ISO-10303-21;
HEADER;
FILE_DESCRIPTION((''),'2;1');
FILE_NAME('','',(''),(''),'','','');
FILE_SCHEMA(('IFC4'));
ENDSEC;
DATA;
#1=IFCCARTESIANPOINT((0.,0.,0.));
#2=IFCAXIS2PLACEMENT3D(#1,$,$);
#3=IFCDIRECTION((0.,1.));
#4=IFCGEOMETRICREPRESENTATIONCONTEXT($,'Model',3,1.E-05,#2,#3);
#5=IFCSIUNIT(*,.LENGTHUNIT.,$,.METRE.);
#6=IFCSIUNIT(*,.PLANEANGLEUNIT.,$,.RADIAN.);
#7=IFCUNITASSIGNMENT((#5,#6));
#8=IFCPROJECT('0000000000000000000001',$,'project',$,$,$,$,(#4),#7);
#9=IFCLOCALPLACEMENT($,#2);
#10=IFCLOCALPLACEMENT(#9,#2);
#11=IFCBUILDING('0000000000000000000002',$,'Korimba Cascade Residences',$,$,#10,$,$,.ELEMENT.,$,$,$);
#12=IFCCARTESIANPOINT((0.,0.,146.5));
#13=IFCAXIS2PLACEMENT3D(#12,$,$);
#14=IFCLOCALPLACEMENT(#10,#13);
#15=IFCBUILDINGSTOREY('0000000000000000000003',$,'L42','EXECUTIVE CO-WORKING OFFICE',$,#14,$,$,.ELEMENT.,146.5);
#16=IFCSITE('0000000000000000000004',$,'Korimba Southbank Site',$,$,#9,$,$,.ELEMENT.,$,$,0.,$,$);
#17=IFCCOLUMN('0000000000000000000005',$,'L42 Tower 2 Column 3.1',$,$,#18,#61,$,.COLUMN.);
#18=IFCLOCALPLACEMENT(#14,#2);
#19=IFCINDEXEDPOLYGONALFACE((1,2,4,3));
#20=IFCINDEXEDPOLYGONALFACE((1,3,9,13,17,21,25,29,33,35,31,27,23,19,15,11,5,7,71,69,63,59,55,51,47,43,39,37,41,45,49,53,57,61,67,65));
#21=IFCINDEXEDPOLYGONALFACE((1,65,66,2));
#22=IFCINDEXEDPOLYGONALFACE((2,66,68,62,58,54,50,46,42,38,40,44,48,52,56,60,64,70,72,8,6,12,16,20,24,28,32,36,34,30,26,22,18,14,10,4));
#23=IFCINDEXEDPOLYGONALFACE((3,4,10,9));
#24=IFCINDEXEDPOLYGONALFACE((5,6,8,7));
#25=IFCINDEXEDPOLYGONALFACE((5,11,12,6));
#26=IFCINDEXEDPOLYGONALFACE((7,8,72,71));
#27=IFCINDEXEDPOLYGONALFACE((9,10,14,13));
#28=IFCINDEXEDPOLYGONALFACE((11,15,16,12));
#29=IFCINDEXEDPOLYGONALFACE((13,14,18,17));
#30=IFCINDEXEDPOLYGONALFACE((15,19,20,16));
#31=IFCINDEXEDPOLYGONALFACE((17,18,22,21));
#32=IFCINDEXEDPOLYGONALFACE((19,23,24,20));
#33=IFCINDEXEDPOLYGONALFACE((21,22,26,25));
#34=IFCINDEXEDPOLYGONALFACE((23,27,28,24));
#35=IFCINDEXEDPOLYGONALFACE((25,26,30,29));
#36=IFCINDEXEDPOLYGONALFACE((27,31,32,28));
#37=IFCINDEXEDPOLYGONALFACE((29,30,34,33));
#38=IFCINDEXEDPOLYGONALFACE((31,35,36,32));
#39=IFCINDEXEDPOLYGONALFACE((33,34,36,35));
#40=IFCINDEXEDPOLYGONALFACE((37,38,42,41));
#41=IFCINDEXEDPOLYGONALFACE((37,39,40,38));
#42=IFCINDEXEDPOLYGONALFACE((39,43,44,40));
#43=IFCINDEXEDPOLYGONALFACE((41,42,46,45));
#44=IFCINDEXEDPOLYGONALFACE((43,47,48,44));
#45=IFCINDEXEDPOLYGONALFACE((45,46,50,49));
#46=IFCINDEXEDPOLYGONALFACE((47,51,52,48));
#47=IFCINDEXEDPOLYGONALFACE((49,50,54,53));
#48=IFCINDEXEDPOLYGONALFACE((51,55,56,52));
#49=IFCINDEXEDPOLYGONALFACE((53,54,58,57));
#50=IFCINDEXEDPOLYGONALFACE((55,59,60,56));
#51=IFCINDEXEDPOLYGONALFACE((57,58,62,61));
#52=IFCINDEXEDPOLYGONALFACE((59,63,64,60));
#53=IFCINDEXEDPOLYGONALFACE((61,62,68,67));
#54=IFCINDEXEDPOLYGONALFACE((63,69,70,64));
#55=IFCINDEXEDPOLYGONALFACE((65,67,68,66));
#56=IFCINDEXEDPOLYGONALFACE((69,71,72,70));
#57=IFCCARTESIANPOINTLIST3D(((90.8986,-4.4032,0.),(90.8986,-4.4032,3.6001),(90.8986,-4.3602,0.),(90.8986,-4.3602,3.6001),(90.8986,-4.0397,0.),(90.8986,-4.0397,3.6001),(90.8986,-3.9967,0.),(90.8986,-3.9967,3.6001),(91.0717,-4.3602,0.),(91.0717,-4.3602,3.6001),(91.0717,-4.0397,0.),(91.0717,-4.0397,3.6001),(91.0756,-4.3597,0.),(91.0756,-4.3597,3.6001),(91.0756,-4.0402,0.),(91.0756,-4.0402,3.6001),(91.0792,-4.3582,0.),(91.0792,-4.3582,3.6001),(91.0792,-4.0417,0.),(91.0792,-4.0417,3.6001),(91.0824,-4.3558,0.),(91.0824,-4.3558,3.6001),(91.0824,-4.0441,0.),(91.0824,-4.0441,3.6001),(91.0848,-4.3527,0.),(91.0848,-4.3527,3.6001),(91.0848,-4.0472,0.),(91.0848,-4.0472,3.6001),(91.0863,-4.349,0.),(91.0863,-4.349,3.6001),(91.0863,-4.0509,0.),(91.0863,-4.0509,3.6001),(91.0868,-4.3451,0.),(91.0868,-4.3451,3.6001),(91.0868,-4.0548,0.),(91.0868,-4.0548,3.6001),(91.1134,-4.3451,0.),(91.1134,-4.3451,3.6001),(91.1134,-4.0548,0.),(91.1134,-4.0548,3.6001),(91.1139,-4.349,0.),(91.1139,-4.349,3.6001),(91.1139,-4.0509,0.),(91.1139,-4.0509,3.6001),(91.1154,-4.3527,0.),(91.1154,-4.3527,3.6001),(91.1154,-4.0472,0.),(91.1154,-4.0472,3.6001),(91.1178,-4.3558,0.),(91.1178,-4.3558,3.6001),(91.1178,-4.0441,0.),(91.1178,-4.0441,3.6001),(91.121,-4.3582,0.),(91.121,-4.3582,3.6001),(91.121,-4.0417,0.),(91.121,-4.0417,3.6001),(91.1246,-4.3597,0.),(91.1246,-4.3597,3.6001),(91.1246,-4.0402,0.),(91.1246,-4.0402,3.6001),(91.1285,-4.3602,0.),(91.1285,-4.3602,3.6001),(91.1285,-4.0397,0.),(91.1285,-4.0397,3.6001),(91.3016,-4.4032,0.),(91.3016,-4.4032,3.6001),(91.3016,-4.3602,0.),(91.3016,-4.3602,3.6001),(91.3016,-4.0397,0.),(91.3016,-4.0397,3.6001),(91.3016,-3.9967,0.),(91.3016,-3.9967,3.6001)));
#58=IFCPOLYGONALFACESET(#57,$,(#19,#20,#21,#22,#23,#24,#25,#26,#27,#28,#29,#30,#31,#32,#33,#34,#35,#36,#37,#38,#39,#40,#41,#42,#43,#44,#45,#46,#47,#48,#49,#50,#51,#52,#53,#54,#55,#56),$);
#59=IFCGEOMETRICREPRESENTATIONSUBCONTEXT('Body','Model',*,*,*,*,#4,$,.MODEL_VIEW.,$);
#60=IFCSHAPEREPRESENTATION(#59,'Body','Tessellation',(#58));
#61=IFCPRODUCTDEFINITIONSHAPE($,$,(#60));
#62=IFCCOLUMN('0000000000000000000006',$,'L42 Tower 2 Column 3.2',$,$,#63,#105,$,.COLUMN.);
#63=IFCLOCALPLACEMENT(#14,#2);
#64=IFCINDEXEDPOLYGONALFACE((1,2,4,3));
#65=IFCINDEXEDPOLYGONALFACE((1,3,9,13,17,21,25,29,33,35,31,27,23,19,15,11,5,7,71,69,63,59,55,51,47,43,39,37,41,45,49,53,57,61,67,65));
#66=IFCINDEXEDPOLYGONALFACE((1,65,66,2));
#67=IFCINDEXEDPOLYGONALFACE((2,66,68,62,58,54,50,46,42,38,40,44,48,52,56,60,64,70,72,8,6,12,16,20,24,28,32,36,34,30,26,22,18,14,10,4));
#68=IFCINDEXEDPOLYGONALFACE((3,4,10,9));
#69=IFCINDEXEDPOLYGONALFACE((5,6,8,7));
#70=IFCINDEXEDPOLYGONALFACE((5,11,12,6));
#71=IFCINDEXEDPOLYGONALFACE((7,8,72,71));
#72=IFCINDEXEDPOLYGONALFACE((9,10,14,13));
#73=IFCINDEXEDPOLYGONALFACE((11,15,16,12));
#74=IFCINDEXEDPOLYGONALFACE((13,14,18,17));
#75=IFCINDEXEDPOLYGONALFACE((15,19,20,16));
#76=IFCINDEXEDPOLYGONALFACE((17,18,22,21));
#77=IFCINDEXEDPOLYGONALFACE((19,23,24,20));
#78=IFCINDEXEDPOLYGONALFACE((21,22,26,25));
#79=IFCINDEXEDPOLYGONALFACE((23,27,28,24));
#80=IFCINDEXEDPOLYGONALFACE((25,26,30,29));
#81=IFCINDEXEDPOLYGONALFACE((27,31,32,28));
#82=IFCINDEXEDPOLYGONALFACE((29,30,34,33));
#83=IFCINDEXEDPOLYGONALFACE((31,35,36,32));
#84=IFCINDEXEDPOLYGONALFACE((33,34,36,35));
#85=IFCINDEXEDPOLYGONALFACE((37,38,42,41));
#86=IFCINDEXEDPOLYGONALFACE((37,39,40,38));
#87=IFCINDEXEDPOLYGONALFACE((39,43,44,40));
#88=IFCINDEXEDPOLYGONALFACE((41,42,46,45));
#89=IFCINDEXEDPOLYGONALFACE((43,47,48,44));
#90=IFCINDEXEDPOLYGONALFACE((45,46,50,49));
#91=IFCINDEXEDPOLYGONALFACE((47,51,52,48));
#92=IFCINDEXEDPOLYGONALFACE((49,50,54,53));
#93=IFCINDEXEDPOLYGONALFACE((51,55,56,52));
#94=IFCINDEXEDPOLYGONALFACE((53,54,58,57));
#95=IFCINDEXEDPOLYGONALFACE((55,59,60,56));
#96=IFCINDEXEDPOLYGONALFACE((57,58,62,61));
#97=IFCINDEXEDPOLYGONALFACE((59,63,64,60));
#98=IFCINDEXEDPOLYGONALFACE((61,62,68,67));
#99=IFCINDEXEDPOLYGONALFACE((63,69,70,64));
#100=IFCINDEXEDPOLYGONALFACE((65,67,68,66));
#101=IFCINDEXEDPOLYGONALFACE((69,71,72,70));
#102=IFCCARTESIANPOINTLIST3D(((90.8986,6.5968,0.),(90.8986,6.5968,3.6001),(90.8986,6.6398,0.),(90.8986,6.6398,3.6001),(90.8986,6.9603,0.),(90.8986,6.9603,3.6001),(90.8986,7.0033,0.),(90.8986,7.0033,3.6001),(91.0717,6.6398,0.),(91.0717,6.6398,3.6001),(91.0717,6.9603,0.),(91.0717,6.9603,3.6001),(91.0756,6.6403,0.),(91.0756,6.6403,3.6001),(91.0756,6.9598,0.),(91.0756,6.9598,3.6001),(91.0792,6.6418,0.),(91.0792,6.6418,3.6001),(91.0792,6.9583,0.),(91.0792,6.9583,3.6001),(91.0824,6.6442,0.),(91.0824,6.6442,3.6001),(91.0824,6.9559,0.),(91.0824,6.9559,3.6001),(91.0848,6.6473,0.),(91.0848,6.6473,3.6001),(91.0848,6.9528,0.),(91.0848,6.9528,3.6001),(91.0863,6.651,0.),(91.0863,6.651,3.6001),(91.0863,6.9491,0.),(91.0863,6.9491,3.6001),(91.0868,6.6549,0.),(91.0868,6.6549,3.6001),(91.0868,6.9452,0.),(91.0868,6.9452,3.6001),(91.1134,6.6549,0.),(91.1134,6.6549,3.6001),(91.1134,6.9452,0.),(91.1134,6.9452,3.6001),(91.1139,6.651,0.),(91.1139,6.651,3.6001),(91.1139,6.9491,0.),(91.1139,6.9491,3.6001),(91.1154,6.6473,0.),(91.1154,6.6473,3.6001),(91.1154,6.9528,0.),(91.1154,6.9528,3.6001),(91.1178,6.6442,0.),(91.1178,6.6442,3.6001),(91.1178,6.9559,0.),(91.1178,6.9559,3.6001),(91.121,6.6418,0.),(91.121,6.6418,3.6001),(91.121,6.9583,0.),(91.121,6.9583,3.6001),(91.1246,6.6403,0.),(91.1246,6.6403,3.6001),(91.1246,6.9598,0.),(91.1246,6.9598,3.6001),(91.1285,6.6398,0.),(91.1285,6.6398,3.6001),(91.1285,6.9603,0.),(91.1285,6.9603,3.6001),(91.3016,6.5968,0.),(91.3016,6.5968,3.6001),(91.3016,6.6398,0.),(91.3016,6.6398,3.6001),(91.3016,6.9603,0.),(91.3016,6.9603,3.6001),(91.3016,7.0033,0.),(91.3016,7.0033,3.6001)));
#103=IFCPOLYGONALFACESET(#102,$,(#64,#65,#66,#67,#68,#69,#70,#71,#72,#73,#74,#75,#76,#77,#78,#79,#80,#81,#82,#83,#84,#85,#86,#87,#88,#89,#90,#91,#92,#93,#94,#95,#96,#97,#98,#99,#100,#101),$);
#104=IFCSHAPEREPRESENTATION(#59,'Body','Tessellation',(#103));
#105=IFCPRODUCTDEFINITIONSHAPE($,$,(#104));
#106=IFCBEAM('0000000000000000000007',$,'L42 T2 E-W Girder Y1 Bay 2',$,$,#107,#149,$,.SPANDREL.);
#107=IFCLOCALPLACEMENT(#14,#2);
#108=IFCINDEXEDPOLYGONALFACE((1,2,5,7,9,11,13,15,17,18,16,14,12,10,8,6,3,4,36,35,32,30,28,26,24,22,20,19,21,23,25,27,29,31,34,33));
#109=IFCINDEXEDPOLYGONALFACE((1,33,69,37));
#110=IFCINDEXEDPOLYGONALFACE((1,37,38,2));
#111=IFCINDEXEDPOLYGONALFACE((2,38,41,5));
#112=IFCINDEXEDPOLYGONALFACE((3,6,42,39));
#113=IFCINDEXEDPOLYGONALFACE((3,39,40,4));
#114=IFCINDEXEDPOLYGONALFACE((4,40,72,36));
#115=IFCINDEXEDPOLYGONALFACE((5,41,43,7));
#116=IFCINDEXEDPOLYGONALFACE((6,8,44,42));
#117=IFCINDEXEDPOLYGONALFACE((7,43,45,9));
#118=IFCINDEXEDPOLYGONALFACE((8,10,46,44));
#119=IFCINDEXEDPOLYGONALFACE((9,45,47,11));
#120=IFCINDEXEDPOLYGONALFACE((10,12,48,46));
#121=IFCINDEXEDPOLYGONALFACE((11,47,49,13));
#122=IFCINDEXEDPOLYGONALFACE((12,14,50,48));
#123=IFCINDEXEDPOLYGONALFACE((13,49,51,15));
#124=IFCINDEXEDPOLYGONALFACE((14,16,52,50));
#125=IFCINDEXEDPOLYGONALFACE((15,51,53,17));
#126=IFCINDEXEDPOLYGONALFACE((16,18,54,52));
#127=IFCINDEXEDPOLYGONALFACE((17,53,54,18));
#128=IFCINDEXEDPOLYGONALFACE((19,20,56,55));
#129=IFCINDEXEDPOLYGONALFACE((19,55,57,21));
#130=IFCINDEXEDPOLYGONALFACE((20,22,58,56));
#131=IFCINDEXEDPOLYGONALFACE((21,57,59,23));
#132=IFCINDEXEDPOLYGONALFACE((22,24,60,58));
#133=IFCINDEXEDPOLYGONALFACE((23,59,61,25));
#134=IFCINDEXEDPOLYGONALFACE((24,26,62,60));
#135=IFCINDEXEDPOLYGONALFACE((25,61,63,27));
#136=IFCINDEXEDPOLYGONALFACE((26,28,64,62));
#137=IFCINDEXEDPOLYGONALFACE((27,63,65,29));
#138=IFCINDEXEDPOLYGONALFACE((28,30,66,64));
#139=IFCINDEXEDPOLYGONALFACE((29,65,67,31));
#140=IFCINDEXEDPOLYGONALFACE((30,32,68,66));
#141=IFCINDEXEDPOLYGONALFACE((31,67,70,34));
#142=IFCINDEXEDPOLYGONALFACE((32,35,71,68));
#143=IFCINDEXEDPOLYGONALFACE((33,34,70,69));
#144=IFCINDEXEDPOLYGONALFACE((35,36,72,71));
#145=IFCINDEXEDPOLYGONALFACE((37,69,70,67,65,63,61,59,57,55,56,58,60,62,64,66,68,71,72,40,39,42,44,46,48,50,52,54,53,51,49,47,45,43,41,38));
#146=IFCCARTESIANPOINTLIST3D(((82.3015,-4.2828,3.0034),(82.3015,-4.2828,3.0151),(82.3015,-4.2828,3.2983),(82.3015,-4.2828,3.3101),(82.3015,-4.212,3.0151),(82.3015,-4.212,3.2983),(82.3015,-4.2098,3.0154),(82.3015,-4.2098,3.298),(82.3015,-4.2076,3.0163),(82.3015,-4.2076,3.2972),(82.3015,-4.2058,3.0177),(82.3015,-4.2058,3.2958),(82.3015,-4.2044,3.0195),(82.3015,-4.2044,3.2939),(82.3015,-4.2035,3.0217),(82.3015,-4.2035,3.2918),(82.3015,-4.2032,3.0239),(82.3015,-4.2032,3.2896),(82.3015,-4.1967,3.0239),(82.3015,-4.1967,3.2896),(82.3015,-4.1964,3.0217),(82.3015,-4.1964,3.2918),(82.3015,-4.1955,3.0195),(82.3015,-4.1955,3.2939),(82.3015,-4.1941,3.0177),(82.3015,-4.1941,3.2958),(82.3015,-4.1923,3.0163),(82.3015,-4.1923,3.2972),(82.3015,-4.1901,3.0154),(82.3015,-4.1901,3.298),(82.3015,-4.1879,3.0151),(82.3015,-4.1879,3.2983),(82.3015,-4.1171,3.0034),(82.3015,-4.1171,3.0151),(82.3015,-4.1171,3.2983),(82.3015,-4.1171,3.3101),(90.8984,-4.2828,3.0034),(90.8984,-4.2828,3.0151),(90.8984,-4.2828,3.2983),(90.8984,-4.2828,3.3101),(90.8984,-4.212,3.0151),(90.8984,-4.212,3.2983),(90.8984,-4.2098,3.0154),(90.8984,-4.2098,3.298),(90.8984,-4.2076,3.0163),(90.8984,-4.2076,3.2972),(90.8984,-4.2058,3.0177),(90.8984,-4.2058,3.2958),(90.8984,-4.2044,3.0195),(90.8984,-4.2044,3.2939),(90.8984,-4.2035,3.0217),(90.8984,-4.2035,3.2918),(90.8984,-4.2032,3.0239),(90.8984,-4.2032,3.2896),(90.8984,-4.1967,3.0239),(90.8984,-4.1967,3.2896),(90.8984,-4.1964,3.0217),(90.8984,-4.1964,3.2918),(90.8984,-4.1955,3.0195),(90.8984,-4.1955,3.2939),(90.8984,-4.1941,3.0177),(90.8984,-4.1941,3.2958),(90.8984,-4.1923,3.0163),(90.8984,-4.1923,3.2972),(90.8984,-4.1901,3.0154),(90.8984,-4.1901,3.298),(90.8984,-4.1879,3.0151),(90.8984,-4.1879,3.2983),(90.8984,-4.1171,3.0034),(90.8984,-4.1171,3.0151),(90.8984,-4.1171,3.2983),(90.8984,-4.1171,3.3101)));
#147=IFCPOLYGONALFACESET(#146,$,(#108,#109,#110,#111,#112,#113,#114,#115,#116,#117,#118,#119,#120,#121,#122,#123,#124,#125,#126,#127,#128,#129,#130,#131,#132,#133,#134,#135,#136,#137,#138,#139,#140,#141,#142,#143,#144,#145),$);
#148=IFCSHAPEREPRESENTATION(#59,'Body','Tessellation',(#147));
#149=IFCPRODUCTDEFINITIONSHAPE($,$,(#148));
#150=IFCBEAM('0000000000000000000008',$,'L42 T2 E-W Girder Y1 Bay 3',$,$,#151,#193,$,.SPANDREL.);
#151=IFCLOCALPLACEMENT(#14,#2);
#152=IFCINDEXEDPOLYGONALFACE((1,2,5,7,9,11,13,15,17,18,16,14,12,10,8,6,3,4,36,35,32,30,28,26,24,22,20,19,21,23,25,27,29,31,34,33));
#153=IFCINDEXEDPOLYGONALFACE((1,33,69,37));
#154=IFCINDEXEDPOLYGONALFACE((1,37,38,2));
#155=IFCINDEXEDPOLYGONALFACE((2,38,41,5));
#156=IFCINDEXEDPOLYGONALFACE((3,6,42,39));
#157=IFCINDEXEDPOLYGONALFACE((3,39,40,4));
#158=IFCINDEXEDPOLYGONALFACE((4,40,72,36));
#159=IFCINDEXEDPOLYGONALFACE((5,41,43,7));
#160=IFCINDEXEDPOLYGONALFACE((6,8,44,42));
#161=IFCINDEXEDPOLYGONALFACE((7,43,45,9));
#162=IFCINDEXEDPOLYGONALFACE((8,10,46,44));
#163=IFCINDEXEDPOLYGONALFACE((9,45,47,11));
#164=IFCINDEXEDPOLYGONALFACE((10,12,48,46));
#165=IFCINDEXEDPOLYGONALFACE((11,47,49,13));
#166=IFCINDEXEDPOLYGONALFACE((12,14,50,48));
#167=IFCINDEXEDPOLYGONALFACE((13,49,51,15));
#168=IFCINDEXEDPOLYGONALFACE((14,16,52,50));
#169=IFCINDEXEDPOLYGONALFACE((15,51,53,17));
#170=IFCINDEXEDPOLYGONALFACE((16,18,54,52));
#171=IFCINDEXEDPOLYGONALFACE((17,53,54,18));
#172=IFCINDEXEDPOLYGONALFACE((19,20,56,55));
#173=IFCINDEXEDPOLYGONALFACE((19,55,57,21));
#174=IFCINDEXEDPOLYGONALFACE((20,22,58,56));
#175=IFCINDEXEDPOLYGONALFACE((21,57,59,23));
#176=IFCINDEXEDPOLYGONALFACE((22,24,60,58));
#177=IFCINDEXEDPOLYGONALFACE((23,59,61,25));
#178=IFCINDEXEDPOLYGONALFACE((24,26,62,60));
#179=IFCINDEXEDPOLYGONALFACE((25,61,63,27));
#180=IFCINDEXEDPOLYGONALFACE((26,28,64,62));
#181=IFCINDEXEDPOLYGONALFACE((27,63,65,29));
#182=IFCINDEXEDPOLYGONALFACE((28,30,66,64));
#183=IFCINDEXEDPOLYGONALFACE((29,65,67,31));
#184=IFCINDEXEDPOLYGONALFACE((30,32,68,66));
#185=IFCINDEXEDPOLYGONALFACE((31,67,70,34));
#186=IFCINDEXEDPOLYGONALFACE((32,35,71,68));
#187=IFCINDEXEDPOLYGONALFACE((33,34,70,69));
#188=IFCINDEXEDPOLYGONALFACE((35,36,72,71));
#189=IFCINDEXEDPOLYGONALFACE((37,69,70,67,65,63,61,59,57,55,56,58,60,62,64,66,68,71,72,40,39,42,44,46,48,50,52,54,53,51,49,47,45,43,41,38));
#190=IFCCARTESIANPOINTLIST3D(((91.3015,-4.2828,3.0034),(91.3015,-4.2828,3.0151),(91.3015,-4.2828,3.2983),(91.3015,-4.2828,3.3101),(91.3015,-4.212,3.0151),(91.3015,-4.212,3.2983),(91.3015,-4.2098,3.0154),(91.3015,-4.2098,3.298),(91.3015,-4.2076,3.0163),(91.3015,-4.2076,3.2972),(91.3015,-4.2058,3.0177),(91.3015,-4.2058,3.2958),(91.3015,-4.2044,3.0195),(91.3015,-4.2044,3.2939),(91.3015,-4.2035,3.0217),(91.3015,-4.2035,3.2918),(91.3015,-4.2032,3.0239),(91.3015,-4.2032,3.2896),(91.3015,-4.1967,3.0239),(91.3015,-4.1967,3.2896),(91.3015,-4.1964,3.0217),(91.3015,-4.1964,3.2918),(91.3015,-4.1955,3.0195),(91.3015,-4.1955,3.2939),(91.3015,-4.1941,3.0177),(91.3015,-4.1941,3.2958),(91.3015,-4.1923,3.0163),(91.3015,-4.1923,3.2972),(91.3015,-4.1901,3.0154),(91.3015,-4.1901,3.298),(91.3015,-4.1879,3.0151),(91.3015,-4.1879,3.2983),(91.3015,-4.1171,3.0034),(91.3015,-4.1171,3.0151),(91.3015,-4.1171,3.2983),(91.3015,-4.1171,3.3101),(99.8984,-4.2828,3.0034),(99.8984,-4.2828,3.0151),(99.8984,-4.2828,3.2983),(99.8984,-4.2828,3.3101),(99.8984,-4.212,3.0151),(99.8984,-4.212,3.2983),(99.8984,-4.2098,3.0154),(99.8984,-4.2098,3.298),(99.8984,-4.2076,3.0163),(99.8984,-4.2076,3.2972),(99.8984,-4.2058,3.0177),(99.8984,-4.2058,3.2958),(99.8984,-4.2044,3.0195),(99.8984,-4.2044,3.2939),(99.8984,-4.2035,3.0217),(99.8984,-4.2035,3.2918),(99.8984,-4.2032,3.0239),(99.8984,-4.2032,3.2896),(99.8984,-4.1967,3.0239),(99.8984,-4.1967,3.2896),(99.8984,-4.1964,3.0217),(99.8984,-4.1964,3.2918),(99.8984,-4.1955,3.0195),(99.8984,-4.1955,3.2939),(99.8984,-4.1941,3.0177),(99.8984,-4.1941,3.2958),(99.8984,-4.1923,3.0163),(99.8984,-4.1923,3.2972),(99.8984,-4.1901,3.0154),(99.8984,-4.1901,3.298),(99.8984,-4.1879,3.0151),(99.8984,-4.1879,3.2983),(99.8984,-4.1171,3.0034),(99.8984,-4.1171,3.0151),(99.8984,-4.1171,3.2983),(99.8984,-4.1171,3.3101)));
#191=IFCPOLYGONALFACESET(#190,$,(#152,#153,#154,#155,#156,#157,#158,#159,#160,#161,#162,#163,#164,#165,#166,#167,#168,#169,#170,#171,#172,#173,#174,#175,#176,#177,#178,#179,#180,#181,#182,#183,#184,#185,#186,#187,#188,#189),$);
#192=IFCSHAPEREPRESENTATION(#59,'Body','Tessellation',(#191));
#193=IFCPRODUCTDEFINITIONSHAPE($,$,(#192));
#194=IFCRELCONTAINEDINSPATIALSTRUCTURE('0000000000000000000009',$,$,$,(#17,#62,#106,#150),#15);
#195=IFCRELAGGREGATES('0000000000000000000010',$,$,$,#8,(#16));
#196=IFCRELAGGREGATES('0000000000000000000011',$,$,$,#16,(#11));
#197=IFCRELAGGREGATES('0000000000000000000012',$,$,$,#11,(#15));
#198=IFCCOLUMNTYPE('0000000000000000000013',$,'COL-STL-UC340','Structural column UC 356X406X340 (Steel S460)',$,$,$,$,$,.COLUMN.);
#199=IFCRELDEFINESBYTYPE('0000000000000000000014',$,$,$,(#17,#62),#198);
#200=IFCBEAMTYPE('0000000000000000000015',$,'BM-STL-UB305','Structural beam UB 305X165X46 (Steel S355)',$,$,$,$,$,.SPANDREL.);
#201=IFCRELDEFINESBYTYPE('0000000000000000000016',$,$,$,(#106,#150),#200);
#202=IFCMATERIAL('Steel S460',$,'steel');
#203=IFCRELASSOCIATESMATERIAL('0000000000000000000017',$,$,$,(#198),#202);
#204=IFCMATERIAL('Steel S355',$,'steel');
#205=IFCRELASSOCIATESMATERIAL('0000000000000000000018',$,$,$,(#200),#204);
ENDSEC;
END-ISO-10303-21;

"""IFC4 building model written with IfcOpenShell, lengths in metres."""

from ifc_helpers import new_model, si_unit, direction, frame, origin, origin_2d, place, context, subcontext, project, spatial, i_section, extrude, material, material_profile, profile_set, type_object, element, save


model = new_model("IFC4")

# Units and contexts
model_context = context("Model", 3, precision=1e-05, world=origin(), true_north=direction((0.0, 1.0)))
body_context = subcontext(model_context, "Body", "Model", "MODEL_VIEW")
ifc_project = project(units=[si_unit("LENGTHUNIT", "METRE"), si_unit("PLANEANGLEUNIT", "RADIAN")], contexts=[model_context])

# Site, building, storey
site_placement = place(None, origin())
site = spatial("IfcSite", under=ifc_project, at=site_placement, Name="Korimba Southbank Site", CompositionType="ELEMENT", RefElevation=0.0)
building_placement = place(site_placement, origin())
building = spatial("IfcBuilding", under=site, at=building_placement, Name="Korimba Cascade Residences", CompositionType="ELEMENT")
storey_placement = place(building_placement, frame((0.0, 0.0, 146.5)))
storey = spatial("IfcBuildingStorey", under=building, at=storey_placement, Name="L42", Description="EXECUTIVE CO-WORKING OFFICE", CompositionType="ELEMENT", Elevation=146.5)

# Columns
ifc_material_1 = material(Name="Steel S460", Category="steel")
ifc_material_profile_1 = material_profile(ifc_material_1, i_section(OverallWidth=0.4031, OverallDepth=0.4065, WebThickness=0.0266, FlangeThickness=0.043, FilletRadius=0.0151, at=origin_2d()), Name="Steel S460")
ifc_profile_set_1 = profile_set([ifc_material_profile_1], Name="Steel S460")
column_type = type_object("IfcColumnType", Name="COL-STL-UC340", Description="Structural column UC 356X406X340 (Steel S460)", PredefinedType="COLUMN", material=ifc_profile_set_1)
for number, where, z_axis, x_axis, name in (
    (1, (91.1001, -4.2, 0.0), (0.0, 0.0, 1.0), (1.0, 0.0, 0.0), "L42 Tower 2 Column 3.1"),
    (2, (91.1001, 6.8, 0.0), (0.0, 0.0, 1.0), (1.0, 0.0, 0.0), "L42 Tower 2 Column 3.2"),
):
    element("IfcColumn", number, at=place(storey_placement, frame(where, z_axis=z_axis, x_axis=x_axis)), inside=storey, type_object=column_type, Name=name, PredefinedType="COLUMN", context=body_context, shape_type="SweptSolid", body=[
        extrude(i_section(OverallWidth=0.4031, OverallDepth=0.4065, WebThickness=0.0266, FlangeThickness=0.043, FilletRadius=0.0151, at=origin_2d()), origin(), (0.0, 0.0, 1.0), 3.6001),
    ])

# Beams
ifc_material_2 = material(Name="Steel S355", Category="steel")
ifc_material_profile_2 = material_profile(ifc_material_2, i_section(OverallWidth=0.1658, OverallDepth=0.3066, WebThickness=0.0066, FlangeThickness=0.0117, FilletRadius=0.0088, at=origin_2d()), Name="Steel S355")
ifc_profile_set_2 = profile_set([ifc_material_profile_2], Name="Steel S355")
beam_type_1 = type_object("IfcBeamType", Name="BM-STL-UB305", Description="Structural beam UB 305X165X46 (Steel S355)", PredefinedType="SPANDREL", material=ifc_profile_set_2)
for number, where, z_axis, x_axis, name in (
    (3, (82.3015, -4.2, 3.1567), (1.0, 0.0, 0.0), (0.0, 1.0, 0.0), "L42 T2 E-W Girder Y1 Bay 2"),
    (4, (91.3015, -4.2, 3.1567), (1.0, 0.0, 0.0), (0.0, 1.0, 0.0), "L42 T2 E-W Girder Y1 Bay 3"),
):
    element("IfcBeam", number, at=place(storey_placement, frame(where, z_axis=z_axis, x_axis=x_axis)), inside=storey, type_object=beam_type_1, Name=name, PredefinedType="SPANDREL", context=body_context, shape_type="SweptSolid", body=[
        extrude(i_section(OverallWidth=0.1658, OverallDepth=0.3066, WebThickness=0.0066, FlangeThickness=0.0117, FilletRadius=0.0088, at=origin_2d()), origin(), (0.0, 0.0, 1.0), 8.5969),
    ])

save(model, "model.ifc")
